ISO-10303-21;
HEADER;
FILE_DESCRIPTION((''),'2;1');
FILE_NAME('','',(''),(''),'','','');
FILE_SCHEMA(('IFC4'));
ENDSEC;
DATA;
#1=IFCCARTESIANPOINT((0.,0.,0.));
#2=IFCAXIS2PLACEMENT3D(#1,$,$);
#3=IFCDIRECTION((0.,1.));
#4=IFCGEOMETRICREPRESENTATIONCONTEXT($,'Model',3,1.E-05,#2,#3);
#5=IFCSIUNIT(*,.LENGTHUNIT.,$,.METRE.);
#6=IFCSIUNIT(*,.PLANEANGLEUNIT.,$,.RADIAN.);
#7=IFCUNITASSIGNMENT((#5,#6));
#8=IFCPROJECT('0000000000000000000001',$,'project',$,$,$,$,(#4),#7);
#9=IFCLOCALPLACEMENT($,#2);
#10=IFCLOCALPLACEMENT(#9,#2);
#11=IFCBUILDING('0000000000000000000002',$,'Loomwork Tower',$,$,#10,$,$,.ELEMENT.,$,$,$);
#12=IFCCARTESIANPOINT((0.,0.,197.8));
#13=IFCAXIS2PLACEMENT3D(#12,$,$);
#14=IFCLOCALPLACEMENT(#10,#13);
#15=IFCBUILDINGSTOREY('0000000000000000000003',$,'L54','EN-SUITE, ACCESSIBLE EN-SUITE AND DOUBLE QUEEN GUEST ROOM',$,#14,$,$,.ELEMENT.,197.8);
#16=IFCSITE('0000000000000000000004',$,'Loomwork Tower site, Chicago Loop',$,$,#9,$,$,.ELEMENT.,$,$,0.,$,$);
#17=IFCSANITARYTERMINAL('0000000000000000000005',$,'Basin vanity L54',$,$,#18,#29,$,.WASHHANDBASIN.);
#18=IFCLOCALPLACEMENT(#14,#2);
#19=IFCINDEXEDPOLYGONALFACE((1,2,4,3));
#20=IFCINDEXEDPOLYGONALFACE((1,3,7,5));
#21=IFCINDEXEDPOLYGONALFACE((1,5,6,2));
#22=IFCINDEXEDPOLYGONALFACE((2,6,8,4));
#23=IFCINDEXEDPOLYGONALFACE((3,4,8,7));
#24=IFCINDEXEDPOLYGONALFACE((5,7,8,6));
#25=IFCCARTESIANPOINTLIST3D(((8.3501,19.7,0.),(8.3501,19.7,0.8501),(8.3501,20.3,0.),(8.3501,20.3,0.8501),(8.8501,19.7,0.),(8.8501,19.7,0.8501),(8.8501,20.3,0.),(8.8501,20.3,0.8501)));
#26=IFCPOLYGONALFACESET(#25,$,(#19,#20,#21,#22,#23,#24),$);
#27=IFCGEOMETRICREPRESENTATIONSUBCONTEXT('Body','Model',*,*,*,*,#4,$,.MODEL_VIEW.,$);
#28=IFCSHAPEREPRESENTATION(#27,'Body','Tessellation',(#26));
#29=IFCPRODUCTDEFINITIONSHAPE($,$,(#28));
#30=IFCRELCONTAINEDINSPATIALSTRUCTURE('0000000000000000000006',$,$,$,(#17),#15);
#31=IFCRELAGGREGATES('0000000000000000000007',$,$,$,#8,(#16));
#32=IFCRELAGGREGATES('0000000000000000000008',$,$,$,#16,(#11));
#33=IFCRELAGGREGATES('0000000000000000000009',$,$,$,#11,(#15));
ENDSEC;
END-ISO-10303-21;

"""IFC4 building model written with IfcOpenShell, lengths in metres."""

from ifc_helpers import new_model, si_unit, direction, frame, origin, origin_2d, place, context, subcontext, project, spatial, rectangle, extrude, element, save


model = new_model("IFC4")

# Units and contexts
model_context = context("Model", 3, precision=1e-05, world=origin(), true_north=direction((0.0, 1.0)))
body_context = subcontext(model_context, "Body", "Model", "MODEL_VIEW")
ifc_project = project(units=[si_unit("LENGTHUNIT", "METRE"), si_unit("PLANEANGLEUNIT", "RADIAN")], contexts=[model_context])

# Site, building, storey
site_placement = place(None, origin())
site = spatial("IfcSite", under=ifc_project, at=site_placement, Name="Loomwork Tower site, Chicago Loop", CompositionType="ELEMENT", RefElevation=0.0)
building_placement = place(site_placement, origin())
building = spatial("IfcBuilding", under=site, at=building_placement, Name="Loomwork Tower", CompositionType="ELEMENT")
storey_placement = place(building_placement, frame((0.0, 0.0, 197.8)))
storey = spatial("IfcBuildingStorey", under=building, at=storey_placement, Name="L54", Description="EN-SUITE, ACCESSIBLE EN-SUITE AND DOUBLE QUEEN GUEST ROOM", CompositionType="ELEMENT", Elevation=197.8)

# Sanitary terminal
sanitary_terminal_placement = place(storey_placement, frame((8.6001, 20.0, 0.0), z_axis=(0.0, 0.0, 1.0), x_axis=(1.0, 0.0, 0.0)))
element("IfcSanitaryTerminal", 1, at=sanitary_terminal_placement, inside=storey, Name="Basin vanity L54", PredefinedType="WASHHANDBASIN", context=body_context, shape_type="SweptSolid", body=[
    extrude(rectangle(XDim=0.5, YDim=0.6001, at=origin_2d()), origin(), (0.0, 0.0, 1.0), 0.8501),
])

save(model, "model.ifc")
